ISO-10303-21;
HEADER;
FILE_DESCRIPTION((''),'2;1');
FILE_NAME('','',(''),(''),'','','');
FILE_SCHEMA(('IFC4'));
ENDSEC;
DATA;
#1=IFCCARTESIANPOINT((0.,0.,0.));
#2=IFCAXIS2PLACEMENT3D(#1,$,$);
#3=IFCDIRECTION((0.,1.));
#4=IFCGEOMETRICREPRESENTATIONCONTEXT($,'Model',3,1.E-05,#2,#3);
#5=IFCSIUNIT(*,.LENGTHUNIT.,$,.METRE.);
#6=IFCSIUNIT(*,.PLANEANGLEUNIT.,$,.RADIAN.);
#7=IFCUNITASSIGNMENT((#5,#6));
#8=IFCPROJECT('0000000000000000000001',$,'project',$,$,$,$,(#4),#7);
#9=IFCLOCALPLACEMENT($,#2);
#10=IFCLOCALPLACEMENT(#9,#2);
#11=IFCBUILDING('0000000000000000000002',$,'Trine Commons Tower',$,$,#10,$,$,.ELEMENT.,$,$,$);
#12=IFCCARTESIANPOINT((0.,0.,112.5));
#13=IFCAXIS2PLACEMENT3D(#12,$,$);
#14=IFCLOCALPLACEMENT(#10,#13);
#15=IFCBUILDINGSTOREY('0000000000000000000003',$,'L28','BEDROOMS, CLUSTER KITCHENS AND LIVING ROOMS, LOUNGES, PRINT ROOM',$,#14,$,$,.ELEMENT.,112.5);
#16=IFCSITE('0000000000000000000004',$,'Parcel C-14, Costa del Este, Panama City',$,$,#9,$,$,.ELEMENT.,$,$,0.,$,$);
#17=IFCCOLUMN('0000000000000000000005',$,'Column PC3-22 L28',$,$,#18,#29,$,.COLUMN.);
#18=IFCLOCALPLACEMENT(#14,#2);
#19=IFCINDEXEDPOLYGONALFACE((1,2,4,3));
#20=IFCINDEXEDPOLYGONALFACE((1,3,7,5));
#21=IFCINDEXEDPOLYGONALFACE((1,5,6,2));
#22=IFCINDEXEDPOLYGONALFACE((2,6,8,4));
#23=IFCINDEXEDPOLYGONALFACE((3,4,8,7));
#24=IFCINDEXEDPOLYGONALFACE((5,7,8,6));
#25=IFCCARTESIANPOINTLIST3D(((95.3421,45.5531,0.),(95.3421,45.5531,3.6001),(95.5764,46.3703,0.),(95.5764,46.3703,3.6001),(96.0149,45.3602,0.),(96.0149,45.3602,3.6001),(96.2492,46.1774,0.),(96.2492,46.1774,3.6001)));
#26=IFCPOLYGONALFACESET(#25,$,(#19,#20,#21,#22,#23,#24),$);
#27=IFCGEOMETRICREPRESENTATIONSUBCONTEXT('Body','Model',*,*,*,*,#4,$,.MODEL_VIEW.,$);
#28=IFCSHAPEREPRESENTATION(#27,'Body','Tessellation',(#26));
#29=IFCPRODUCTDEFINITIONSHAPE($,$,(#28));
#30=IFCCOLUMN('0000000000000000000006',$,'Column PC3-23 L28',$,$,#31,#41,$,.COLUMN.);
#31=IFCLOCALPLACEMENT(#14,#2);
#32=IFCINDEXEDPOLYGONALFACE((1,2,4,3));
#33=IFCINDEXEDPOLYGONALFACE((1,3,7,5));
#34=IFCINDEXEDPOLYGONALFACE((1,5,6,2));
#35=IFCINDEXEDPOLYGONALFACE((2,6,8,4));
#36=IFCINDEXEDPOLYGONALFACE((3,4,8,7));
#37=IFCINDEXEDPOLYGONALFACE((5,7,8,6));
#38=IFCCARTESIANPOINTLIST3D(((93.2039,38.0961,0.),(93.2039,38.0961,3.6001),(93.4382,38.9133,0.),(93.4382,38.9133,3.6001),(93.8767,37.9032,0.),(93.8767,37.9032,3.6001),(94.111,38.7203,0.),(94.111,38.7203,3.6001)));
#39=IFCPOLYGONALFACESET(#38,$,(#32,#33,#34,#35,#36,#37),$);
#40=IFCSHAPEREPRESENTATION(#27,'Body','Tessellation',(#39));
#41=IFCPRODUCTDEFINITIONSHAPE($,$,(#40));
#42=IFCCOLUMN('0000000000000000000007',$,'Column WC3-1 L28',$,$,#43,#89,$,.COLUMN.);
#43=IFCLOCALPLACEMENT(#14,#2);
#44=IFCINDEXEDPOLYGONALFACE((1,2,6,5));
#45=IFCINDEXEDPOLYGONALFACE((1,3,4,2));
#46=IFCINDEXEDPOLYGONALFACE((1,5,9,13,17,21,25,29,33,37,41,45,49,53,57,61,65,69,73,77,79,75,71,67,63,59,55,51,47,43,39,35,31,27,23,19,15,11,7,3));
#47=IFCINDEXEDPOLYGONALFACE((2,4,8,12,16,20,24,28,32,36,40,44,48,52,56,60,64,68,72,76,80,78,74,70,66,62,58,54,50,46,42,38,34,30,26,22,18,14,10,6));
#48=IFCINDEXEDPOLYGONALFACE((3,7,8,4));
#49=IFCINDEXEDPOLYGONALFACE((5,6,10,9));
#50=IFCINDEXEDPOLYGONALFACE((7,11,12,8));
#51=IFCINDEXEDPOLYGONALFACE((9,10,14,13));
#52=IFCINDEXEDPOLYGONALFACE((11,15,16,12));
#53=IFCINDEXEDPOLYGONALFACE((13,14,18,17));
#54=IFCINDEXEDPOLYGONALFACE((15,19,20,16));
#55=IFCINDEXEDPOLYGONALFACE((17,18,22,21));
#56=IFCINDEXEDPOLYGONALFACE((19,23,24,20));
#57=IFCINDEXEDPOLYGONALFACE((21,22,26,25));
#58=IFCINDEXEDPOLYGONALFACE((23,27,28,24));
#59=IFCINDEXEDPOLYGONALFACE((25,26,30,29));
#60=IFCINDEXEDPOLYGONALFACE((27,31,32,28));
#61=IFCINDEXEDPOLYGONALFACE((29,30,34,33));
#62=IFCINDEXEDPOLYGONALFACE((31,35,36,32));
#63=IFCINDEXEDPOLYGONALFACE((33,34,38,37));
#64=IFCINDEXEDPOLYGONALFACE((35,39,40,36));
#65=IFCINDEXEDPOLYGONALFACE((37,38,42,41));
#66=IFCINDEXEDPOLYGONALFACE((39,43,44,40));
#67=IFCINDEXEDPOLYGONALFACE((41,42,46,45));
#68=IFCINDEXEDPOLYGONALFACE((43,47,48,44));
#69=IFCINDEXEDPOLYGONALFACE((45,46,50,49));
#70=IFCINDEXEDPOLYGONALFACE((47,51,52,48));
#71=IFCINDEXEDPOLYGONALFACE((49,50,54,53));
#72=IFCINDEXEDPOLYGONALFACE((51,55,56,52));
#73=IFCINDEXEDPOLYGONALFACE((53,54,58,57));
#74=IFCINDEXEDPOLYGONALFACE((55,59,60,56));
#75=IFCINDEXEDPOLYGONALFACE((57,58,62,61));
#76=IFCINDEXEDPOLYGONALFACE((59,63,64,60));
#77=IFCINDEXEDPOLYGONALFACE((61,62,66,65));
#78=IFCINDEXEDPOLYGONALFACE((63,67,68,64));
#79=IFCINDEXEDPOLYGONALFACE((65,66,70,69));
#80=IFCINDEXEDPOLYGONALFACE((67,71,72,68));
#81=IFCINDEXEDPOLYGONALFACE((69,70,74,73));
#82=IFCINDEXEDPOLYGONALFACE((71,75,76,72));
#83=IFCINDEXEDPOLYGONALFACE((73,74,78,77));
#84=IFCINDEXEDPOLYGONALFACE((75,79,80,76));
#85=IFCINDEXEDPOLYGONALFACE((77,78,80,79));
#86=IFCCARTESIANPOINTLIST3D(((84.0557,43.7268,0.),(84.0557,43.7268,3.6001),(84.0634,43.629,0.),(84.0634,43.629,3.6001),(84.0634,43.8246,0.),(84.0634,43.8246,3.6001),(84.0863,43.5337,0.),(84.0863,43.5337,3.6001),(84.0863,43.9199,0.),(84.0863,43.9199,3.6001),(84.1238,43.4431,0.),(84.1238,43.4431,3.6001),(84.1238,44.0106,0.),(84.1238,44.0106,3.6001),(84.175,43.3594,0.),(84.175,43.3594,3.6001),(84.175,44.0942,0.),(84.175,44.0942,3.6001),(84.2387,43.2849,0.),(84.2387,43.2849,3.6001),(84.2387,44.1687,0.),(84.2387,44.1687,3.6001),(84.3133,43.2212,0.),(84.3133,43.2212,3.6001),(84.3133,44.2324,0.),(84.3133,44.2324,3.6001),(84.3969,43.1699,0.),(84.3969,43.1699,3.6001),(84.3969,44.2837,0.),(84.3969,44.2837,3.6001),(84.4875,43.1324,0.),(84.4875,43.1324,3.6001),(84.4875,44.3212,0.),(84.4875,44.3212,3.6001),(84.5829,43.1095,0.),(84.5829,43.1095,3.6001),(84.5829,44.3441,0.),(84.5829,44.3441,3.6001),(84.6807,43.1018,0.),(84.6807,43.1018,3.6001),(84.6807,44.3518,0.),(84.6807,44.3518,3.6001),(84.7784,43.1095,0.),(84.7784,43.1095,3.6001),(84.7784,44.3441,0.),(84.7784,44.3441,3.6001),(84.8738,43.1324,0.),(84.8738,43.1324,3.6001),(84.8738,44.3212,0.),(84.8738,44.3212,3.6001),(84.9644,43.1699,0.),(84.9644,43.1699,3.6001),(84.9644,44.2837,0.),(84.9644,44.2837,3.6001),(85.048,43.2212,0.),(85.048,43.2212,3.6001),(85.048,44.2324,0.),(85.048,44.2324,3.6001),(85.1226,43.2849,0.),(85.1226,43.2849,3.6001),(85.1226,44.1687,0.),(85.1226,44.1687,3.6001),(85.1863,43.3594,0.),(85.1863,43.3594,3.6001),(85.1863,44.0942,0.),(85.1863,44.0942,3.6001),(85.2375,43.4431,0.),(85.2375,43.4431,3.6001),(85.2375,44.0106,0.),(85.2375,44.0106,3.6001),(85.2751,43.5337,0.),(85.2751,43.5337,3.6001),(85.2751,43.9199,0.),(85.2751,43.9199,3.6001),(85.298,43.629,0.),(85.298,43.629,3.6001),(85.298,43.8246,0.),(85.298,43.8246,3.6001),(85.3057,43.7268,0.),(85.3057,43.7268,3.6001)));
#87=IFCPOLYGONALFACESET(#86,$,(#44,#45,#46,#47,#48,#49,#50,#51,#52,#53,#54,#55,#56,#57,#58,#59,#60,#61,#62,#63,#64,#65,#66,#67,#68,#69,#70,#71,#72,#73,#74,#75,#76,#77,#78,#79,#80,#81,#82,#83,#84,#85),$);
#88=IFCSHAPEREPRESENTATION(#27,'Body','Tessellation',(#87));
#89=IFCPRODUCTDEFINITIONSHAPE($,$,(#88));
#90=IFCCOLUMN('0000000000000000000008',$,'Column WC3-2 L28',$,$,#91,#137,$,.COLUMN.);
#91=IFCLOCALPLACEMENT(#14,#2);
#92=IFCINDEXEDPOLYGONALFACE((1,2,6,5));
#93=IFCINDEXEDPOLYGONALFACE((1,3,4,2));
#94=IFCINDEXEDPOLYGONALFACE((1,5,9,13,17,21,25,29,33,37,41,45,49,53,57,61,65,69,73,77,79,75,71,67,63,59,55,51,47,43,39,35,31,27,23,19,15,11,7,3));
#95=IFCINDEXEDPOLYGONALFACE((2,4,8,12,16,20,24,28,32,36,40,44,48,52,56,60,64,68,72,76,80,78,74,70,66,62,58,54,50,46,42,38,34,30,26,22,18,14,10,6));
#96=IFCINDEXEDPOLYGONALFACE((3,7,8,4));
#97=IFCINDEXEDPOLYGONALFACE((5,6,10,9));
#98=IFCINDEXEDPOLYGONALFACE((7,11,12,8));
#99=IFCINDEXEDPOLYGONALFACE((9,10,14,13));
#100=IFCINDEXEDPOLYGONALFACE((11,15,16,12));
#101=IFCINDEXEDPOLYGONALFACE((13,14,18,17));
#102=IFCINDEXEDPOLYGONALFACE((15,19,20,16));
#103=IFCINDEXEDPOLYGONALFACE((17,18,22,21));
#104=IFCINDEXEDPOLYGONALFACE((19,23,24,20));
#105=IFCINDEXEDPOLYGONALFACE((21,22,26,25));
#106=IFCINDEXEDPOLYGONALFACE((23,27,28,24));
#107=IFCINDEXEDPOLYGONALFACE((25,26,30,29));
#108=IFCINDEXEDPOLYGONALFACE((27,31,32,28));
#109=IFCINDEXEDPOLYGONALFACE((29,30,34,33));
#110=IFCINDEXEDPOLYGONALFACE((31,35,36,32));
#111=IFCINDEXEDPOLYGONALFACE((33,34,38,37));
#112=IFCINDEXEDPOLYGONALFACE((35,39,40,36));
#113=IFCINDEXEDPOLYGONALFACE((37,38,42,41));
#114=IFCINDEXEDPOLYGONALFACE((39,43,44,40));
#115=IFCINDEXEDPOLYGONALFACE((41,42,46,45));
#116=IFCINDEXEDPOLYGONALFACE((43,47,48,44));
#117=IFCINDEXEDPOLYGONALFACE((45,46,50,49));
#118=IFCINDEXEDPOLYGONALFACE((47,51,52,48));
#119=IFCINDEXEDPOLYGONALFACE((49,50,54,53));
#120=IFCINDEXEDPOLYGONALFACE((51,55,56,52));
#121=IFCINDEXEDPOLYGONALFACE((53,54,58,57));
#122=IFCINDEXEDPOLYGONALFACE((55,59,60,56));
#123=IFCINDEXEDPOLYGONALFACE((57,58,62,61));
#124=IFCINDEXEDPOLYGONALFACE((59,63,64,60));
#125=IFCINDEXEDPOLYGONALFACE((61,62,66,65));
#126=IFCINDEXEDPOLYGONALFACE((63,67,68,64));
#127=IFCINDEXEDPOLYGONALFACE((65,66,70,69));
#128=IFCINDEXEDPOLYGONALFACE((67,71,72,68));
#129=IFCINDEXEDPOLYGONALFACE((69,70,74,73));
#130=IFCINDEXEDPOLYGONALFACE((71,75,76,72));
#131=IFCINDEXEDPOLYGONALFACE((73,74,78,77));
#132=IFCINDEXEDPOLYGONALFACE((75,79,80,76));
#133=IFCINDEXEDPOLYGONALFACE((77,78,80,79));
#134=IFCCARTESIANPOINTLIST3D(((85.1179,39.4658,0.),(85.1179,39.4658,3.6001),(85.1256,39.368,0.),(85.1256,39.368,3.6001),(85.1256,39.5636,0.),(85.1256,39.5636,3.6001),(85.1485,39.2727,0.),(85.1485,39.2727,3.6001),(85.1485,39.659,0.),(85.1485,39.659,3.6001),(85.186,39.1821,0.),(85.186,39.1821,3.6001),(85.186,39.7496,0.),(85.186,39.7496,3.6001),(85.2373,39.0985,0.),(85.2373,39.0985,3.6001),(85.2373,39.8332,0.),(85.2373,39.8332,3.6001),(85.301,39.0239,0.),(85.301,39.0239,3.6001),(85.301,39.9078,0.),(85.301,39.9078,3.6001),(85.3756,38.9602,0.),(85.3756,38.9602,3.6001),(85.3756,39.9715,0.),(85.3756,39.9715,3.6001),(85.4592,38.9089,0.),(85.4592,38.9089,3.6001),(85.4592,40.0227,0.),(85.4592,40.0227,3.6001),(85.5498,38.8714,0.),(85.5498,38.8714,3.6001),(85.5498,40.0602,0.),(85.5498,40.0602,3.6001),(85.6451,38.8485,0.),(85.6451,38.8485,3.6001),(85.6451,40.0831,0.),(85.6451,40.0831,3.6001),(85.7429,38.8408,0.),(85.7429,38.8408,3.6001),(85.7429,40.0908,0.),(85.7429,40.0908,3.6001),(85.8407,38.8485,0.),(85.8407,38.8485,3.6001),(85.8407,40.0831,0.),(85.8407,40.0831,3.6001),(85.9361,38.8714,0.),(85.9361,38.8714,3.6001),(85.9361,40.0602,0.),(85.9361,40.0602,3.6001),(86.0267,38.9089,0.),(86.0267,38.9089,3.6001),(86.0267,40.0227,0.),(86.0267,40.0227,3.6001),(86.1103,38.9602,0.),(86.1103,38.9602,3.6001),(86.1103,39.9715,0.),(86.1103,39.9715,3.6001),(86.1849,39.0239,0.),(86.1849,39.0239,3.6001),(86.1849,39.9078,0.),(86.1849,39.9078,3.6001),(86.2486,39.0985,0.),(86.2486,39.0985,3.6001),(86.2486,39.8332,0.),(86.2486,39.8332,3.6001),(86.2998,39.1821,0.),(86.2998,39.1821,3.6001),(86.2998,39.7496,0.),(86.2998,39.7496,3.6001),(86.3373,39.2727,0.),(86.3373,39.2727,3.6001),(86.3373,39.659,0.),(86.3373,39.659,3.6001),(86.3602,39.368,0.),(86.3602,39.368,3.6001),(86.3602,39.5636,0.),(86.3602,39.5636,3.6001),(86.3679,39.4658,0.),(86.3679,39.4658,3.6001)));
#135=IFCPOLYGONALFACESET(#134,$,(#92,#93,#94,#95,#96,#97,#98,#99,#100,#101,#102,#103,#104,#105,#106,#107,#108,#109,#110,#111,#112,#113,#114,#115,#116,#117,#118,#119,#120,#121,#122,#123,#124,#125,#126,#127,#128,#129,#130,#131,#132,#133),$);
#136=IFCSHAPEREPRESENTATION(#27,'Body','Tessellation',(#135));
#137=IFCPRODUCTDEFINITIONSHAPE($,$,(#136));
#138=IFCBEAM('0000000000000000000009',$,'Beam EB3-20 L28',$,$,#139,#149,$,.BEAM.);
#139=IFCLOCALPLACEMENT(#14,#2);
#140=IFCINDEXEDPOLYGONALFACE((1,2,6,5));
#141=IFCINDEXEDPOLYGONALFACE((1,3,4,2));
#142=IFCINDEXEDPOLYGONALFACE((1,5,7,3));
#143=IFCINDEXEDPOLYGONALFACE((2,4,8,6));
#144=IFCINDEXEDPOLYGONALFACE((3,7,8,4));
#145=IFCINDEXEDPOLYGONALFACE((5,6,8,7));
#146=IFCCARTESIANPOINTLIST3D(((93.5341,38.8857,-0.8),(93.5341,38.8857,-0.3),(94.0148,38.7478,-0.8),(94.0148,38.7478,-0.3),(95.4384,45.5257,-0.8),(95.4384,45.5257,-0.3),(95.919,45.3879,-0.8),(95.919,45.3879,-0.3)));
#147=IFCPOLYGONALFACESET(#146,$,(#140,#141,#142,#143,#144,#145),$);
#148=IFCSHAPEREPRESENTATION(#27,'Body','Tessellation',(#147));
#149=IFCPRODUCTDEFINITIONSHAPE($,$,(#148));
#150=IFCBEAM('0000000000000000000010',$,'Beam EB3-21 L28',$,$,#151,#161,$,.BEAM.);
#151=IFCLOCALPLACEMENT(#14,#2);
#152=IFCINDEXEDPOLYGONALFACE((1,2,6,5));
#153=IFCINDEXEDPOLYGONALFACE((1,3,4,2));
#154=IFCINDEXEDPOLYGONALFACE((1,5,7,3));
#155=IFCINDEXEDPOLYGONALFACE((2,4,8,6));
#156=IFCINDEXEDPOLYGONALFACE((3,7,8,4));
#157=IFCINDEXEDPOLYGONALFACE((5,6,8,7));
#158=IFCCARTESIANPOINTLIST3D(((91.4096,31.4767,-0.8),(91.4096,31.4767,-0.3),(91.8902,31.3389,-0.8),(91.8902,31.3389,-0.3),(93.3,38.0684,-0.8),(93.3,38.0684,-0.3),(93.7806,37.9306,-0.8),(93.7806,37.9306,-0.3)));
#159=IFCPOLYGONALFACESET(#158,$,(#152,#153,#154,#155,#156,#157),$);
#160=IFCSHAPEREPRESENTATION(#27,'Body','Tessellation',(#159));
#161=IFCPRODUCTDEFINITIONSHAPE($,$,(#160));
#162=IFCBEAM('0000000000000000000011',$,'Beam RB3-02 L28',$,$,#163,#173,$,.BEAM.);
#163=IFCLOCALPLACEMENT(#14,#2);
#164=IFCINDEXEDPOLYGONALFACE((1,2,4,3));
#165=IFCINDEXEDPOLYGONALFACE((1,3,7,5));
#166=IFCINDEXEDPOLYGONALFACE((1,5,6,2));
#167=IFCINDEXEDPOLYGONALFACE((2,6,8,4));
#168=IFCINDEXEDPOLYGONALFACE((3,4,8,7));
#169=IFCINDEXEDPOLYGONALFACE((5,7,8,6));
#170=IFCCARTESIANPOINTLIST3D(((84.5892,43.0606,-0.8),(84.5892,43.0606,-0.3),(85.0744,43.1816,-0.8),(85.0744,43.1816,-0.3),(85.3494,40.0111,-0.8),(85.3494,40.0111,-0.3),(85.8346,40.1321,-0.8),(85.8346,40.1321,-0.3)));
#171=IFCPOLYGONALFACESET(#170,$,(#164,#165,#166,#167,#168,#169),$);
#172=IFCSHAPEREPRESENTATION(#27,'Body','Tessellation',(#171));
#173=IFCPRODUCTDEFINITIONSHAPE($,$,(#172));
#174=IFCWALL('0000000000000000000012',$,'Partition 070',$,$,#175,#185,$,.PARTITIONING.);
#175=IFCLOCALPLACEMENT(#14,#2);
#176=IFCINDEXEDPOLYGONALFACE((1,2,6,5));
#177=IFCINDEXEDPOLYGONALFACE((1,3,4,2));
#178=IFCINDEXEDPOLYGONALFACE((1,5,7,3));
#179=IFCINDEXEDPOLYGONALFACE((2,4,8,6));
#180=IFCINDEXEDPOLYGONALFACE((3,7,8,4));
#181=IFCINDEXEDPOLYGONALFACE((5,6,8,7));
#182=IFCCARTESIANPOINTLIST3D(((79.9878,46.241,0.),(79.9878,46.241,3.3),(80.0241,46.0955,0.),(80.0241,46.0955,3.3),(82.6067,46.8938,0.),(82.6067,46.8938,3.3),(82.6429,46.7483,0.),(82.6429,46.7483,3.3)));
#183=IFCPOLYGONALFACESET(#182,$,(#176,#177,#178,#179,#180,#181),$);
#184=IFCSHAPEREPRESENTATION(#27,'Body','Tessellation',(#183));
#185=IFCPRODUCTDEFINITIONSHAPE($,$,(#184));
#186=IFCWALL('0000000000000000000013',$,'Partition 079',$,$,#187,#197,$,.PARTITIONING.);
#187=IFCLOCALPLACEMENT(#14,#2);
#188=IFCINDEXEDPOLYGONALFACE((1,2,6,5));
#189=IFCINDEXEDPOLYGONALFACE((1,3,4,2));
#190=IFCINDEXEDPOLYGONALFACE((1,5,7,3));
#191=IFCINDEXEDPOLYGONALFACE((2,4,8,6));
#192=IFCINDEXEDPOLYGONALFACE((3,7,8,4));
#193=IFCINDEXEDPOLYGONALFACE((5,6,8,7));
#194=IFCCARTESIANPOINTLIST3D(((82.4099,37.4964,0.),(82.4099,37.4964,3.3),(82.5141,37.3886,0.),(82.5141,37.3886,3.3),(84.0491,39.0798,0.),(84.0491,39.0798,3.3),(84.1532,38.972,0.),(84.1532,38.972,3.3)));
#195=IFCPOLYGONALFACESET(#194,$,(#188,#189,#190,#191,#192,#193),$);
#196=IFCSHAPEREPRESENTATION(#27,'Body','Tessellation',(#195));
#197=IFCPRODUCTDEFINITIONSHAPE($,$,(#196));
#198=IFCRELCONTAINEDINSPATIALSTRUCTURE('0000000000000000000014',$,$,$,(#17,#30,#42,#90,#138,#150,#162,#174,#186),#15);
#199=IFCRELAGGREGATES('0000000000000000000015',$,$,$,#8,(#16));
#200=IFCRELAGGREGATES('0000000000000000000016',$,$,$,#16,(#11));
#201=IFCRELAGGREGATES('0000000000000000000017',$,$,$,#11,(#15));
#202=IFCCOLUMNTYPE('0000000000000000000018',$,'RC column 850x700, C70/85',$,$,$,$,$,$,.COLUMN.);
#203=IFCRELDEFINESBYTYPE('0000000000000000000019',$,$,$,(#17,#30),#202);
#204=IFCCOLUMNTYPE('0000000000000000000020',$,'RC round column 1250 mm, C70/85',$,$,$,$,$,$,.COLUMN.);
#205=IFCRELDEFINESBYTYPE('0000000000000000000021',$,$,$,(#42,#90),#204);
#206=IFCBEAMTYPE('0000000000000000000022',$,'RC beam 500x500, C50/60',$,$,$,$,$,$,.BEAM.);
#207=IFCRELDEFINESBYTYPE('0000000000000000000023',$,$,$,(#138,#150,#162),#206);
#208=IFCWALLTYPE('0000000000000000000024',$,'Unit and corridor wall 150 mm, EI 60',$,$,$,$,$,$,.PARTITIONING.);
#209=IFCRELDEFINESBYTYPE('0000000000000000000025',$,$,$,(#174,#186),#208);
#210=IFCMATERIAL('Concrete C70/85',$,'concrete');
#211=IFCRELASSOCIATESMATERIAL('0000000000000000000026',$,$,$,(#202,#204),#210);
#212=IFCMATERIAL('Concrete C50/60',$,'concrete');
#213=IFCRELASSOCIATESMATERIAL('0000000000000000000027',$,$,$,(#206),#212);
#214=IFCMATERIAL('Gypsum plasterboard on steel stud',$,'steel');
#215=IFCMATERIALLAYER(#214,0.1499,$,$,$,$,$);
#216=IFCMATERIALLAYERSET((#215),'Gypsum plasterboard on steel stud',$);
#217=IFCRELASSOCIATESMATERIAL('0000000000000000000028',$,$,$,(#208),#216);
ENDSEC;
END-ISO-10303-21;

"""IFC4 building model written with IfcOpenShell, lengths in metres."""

from ifc_helpers import new_model, si_unit, direction, frame, frame_2d, origin, origin_2d, place, context, subcontext, project, spatial, rectangle, circle, extrude, material, layer, layer_set, material_profile, profile_set, type_object, element, save


model = new_model("IFC4")

# Units and contexts
model_context = context("Model", 3, precision=1e-05, world=origin(), true_north=direction((0.0, 1.0)))
body_context = subcontext(model_context, "Body", "Model", "MODEL_VIEW")
ifc_project = project(units=[si_unit("LENGTHUNIT", "METRE"), si_unit("PLANEANGLEUNIT", "RADIAN")], contexts=[model_context])

# Site, building, storey
site_placement = place(None, origin())
site = spatial("IfcSite", under=ifc_project, at=site_placement, Name="Parcel C-14, Costa del Este, Panama City", CompositionType="ELEMENT", RefElevation=0.0)
building_placement = place(site_placement, origin())
building = spatial("IfcBuilding", under=site, at=building_placement, Name="Trine Commons Tower", CompositionType="ELEMENT")
storey_placement = place(building_placement, frame((0.0, 0.0, 112.5)))
storey = spatial("IfcBuildingStorey", under=building, at=storey_placement, Name="L28", Description="BEDROOMS, CLUSTER KITCHENS AND LIVING ROOMS, LOUNGES, PRINT ROOM", CompositionType="ELEMENT", Elevation=112.5)

# Columns
ifc_material_1 = material(Name="Concrete C70/85", Category="concrete")
ifc_material_profile_1 = material_profile(ifc_material_1, rectangle(XDim=0.8501, YDim=0.7, at=origin_2d()), Name="RC 850x700")
ifc_profile_set_1 = profile_set([ifc_material_profile_1], Name="Concrete C70/85")
column_type_1 = type_object("IfcColumnType", Name="RC column 850x700, C70/85", PredefinedType="COLUMN", material=ifc_profile_set_1)
for number, where, z_axis, x_axis, name in (
    (1, (95.7957, 45.8652, 0.0), (0.0, 0.0, 1.0), (0.275637, 0.961262, 0.0), "Column PC3-22 L28"),
    (2, (93.6575, 38.4082, 0.0), (0.0, 0.0, 1.0), (0.275637, 0.961262, 0.0), "Column PC3-23 L28"),
):
    element("IfcColumn", number, at=place(storey_placement, frame(where, z_axis=z_axis, x_axis=x_axis)), inside=storey, type_object=column_type_1, Name=name, PredefinedType="COLUMN", context=body_context, shape_type="SweptSolid", body=[
        extrude(rectangle(XDim=0.8501, YDim=0.7, at=origin_2d()), origin(), (0.0, 0.0, 1.0), 3.6001),
    ])
ifc_material_profile_2 = material_profile(ifc_material_1, circle(Radius=0.625, at=origin_2d()), Name="RC round 1250")
ifc_profile_set_2 = profile_set([ifc_material_profile_2], Name="Concrete C70/85")
column_type_2 = type_object("IfcColumnType", Name="RC round column 1250 mm, C70/85", PredefinedType="COLUMN", material=ifc_profile_set_2)
for number, where, z_axis, x_axis, name in (
    (3, (84.6807, 43.7268, 0.0), (0.0, 0.0, 1.0), (1.0, 0.0, 0.0), "Column WC3-1 L28"),
    (4, (85.7429, 39.4658, 0.0), (0.0, 0.0, 1.0), (1.0, 0.0, 0.0), "Column WC3-2 L28"),
):
    element("IfcColumn", number, at=place(storey_placement, frame(where, z_axis=z_axis, x_axis=x_axis)), inside=storey, type_object=column_type_2, Name=name, PredefinedType="COLUMN", context=body_context, shape_type="SweptSolid", body=[
        extrude(circle(Radius=0.625, at=origin_2d()), origin(), (0.0, 0.0, 1.0), 3.6001),
    ])

# Beams
ifc_material_2 = material(Name="Concrete C50/60", Category="concrete")
ifc_material_profile_3 = material_profile(ifc_material_2, rectangle(XDim=0.5, YDim=0.5, at=origin_2d()), Name="RC 500x500")
ifc_profile_set_3 = profile_set([ifc_material_profile_3], Name="Concrete C50/60")
beam_type = type_object("IfcBeamType", Name="RC beam 500x500, C50/60", PredefinedType="BEAM", material=ifc_profile_set_3)
beam_1_placement = place(storey_placement, frame((95.6787, 45.4568, -0.55), z_axis=(-0.275673, -0.961251, 0.0), x_axis=(0.961251, -0.275673, 0.0)))
element("IfcBeam", 5, at=beam_1_placement, inside=storey, type_object=beam_type, Name="Beam EB3-20 L28", PredefinedType="BEAM", context=body_context, shape_type="SweptSolid", body=[
    extrude(rectangle(XDim=0.5, YDim=0.5, at=origin_2d()), origin(), (0.0, 0.0, 1.0), 6.9077),
])
beam_2_placement = place(storey_placement, frame((93.5403, 37.9995, -0.55), z_axis=(-0.275666, -0.961253, 0.0), x_axis=(0.961253, -0.275666, 0.0)))
element("IfcBeam", 6, at=beam_2_placement, inside=storey, type_object=beam_type, Name="Beam EB3-21 L28", PredefinedType="BEAM", context=body_context, shape_type="SweptSolid", body=[
    extrude(rectangle(XDim=0.5, YDim=0.5, at=origin_2d()), origin(), (0.0, 0.0, 1.0), 6.8574),
])
beam_3_placement = place(storey_placement, frame((84.8318, 43.1211, -0.55), z_axis=(0.241896, -0.970302, 0.0), x_axis=(0.970302, 0.241896, 0.0)))
element("IfcBeam", 7, at=beam_3_placement, inside=storey, type_object=beam_type, Name="Beam RB3-02 L28", PredefinedType="BEAM", context=body_context, shape_type="SweptSolid", body=[
    extrude(rectangle(XDim=0.5, YDim=0.5, at=origin_2d()), origin(), (0.0, 0.0, 1.0), 3.1428),
])

# Walls
ifc_material_3 = material(Name="Gypsum plasterboard on steel stud", Category="steel")
ifc_layer_1 = layer(ifc_material_3, 0.1499)
ifc_layer_set_1 = layer_set([ifc_layer_1], Name="Gypsum plasterboard on steel stud")
wall_type_1 = type_object("IfcWallType", Name="Unit and corridor wall 150 mm, EI 60", PredefinedType="PARTITIONING", material=ifc_layer_set_1)
wall_1_placement = place(storey_placement, frame((80.0059, 46.1682, 0.0), z_axis=(0.0, 0.0, 1.0), x_axis=(0.970307, 0.241876, 0.0)))
element("IfcWall", 8, at=wall_1_placement, inside=storey, type_object=wall_type_1, Name="Partition 070", PredefinedType="PARTITIONING", context=body_context, shape_type="SweptSolid", body=[
    extrude(rectangle(XDim=2.699, YDim=0.1499, at=frame_2d((1.3496, 0.0))), origin(), (0.0, 0.0, 1.0), 3.3),
])
wall_2_placement = place(storey_placement, frame((82.4619, 37.4424, 0.0), z_axis=(0.0, 0.0, 1.0), x_axis=(0.719213, 0.694789, 0.0)))
element("IfcWall", 9, at=wall_2_placement, inside=storey, type_object=wall_type_1, Name="Partition 079", PredefinedType="PARTITIONING", context=body_context, shape_type="SweptSolid", body=[
    extrude(rectangle(XDim=2.2791, YDim=0.1499, at=frame_2d((1.1396, 0.0))), origin(), (0.0, 0.0, 1.0), 3.3),
])

save(model, "model.ifc")
